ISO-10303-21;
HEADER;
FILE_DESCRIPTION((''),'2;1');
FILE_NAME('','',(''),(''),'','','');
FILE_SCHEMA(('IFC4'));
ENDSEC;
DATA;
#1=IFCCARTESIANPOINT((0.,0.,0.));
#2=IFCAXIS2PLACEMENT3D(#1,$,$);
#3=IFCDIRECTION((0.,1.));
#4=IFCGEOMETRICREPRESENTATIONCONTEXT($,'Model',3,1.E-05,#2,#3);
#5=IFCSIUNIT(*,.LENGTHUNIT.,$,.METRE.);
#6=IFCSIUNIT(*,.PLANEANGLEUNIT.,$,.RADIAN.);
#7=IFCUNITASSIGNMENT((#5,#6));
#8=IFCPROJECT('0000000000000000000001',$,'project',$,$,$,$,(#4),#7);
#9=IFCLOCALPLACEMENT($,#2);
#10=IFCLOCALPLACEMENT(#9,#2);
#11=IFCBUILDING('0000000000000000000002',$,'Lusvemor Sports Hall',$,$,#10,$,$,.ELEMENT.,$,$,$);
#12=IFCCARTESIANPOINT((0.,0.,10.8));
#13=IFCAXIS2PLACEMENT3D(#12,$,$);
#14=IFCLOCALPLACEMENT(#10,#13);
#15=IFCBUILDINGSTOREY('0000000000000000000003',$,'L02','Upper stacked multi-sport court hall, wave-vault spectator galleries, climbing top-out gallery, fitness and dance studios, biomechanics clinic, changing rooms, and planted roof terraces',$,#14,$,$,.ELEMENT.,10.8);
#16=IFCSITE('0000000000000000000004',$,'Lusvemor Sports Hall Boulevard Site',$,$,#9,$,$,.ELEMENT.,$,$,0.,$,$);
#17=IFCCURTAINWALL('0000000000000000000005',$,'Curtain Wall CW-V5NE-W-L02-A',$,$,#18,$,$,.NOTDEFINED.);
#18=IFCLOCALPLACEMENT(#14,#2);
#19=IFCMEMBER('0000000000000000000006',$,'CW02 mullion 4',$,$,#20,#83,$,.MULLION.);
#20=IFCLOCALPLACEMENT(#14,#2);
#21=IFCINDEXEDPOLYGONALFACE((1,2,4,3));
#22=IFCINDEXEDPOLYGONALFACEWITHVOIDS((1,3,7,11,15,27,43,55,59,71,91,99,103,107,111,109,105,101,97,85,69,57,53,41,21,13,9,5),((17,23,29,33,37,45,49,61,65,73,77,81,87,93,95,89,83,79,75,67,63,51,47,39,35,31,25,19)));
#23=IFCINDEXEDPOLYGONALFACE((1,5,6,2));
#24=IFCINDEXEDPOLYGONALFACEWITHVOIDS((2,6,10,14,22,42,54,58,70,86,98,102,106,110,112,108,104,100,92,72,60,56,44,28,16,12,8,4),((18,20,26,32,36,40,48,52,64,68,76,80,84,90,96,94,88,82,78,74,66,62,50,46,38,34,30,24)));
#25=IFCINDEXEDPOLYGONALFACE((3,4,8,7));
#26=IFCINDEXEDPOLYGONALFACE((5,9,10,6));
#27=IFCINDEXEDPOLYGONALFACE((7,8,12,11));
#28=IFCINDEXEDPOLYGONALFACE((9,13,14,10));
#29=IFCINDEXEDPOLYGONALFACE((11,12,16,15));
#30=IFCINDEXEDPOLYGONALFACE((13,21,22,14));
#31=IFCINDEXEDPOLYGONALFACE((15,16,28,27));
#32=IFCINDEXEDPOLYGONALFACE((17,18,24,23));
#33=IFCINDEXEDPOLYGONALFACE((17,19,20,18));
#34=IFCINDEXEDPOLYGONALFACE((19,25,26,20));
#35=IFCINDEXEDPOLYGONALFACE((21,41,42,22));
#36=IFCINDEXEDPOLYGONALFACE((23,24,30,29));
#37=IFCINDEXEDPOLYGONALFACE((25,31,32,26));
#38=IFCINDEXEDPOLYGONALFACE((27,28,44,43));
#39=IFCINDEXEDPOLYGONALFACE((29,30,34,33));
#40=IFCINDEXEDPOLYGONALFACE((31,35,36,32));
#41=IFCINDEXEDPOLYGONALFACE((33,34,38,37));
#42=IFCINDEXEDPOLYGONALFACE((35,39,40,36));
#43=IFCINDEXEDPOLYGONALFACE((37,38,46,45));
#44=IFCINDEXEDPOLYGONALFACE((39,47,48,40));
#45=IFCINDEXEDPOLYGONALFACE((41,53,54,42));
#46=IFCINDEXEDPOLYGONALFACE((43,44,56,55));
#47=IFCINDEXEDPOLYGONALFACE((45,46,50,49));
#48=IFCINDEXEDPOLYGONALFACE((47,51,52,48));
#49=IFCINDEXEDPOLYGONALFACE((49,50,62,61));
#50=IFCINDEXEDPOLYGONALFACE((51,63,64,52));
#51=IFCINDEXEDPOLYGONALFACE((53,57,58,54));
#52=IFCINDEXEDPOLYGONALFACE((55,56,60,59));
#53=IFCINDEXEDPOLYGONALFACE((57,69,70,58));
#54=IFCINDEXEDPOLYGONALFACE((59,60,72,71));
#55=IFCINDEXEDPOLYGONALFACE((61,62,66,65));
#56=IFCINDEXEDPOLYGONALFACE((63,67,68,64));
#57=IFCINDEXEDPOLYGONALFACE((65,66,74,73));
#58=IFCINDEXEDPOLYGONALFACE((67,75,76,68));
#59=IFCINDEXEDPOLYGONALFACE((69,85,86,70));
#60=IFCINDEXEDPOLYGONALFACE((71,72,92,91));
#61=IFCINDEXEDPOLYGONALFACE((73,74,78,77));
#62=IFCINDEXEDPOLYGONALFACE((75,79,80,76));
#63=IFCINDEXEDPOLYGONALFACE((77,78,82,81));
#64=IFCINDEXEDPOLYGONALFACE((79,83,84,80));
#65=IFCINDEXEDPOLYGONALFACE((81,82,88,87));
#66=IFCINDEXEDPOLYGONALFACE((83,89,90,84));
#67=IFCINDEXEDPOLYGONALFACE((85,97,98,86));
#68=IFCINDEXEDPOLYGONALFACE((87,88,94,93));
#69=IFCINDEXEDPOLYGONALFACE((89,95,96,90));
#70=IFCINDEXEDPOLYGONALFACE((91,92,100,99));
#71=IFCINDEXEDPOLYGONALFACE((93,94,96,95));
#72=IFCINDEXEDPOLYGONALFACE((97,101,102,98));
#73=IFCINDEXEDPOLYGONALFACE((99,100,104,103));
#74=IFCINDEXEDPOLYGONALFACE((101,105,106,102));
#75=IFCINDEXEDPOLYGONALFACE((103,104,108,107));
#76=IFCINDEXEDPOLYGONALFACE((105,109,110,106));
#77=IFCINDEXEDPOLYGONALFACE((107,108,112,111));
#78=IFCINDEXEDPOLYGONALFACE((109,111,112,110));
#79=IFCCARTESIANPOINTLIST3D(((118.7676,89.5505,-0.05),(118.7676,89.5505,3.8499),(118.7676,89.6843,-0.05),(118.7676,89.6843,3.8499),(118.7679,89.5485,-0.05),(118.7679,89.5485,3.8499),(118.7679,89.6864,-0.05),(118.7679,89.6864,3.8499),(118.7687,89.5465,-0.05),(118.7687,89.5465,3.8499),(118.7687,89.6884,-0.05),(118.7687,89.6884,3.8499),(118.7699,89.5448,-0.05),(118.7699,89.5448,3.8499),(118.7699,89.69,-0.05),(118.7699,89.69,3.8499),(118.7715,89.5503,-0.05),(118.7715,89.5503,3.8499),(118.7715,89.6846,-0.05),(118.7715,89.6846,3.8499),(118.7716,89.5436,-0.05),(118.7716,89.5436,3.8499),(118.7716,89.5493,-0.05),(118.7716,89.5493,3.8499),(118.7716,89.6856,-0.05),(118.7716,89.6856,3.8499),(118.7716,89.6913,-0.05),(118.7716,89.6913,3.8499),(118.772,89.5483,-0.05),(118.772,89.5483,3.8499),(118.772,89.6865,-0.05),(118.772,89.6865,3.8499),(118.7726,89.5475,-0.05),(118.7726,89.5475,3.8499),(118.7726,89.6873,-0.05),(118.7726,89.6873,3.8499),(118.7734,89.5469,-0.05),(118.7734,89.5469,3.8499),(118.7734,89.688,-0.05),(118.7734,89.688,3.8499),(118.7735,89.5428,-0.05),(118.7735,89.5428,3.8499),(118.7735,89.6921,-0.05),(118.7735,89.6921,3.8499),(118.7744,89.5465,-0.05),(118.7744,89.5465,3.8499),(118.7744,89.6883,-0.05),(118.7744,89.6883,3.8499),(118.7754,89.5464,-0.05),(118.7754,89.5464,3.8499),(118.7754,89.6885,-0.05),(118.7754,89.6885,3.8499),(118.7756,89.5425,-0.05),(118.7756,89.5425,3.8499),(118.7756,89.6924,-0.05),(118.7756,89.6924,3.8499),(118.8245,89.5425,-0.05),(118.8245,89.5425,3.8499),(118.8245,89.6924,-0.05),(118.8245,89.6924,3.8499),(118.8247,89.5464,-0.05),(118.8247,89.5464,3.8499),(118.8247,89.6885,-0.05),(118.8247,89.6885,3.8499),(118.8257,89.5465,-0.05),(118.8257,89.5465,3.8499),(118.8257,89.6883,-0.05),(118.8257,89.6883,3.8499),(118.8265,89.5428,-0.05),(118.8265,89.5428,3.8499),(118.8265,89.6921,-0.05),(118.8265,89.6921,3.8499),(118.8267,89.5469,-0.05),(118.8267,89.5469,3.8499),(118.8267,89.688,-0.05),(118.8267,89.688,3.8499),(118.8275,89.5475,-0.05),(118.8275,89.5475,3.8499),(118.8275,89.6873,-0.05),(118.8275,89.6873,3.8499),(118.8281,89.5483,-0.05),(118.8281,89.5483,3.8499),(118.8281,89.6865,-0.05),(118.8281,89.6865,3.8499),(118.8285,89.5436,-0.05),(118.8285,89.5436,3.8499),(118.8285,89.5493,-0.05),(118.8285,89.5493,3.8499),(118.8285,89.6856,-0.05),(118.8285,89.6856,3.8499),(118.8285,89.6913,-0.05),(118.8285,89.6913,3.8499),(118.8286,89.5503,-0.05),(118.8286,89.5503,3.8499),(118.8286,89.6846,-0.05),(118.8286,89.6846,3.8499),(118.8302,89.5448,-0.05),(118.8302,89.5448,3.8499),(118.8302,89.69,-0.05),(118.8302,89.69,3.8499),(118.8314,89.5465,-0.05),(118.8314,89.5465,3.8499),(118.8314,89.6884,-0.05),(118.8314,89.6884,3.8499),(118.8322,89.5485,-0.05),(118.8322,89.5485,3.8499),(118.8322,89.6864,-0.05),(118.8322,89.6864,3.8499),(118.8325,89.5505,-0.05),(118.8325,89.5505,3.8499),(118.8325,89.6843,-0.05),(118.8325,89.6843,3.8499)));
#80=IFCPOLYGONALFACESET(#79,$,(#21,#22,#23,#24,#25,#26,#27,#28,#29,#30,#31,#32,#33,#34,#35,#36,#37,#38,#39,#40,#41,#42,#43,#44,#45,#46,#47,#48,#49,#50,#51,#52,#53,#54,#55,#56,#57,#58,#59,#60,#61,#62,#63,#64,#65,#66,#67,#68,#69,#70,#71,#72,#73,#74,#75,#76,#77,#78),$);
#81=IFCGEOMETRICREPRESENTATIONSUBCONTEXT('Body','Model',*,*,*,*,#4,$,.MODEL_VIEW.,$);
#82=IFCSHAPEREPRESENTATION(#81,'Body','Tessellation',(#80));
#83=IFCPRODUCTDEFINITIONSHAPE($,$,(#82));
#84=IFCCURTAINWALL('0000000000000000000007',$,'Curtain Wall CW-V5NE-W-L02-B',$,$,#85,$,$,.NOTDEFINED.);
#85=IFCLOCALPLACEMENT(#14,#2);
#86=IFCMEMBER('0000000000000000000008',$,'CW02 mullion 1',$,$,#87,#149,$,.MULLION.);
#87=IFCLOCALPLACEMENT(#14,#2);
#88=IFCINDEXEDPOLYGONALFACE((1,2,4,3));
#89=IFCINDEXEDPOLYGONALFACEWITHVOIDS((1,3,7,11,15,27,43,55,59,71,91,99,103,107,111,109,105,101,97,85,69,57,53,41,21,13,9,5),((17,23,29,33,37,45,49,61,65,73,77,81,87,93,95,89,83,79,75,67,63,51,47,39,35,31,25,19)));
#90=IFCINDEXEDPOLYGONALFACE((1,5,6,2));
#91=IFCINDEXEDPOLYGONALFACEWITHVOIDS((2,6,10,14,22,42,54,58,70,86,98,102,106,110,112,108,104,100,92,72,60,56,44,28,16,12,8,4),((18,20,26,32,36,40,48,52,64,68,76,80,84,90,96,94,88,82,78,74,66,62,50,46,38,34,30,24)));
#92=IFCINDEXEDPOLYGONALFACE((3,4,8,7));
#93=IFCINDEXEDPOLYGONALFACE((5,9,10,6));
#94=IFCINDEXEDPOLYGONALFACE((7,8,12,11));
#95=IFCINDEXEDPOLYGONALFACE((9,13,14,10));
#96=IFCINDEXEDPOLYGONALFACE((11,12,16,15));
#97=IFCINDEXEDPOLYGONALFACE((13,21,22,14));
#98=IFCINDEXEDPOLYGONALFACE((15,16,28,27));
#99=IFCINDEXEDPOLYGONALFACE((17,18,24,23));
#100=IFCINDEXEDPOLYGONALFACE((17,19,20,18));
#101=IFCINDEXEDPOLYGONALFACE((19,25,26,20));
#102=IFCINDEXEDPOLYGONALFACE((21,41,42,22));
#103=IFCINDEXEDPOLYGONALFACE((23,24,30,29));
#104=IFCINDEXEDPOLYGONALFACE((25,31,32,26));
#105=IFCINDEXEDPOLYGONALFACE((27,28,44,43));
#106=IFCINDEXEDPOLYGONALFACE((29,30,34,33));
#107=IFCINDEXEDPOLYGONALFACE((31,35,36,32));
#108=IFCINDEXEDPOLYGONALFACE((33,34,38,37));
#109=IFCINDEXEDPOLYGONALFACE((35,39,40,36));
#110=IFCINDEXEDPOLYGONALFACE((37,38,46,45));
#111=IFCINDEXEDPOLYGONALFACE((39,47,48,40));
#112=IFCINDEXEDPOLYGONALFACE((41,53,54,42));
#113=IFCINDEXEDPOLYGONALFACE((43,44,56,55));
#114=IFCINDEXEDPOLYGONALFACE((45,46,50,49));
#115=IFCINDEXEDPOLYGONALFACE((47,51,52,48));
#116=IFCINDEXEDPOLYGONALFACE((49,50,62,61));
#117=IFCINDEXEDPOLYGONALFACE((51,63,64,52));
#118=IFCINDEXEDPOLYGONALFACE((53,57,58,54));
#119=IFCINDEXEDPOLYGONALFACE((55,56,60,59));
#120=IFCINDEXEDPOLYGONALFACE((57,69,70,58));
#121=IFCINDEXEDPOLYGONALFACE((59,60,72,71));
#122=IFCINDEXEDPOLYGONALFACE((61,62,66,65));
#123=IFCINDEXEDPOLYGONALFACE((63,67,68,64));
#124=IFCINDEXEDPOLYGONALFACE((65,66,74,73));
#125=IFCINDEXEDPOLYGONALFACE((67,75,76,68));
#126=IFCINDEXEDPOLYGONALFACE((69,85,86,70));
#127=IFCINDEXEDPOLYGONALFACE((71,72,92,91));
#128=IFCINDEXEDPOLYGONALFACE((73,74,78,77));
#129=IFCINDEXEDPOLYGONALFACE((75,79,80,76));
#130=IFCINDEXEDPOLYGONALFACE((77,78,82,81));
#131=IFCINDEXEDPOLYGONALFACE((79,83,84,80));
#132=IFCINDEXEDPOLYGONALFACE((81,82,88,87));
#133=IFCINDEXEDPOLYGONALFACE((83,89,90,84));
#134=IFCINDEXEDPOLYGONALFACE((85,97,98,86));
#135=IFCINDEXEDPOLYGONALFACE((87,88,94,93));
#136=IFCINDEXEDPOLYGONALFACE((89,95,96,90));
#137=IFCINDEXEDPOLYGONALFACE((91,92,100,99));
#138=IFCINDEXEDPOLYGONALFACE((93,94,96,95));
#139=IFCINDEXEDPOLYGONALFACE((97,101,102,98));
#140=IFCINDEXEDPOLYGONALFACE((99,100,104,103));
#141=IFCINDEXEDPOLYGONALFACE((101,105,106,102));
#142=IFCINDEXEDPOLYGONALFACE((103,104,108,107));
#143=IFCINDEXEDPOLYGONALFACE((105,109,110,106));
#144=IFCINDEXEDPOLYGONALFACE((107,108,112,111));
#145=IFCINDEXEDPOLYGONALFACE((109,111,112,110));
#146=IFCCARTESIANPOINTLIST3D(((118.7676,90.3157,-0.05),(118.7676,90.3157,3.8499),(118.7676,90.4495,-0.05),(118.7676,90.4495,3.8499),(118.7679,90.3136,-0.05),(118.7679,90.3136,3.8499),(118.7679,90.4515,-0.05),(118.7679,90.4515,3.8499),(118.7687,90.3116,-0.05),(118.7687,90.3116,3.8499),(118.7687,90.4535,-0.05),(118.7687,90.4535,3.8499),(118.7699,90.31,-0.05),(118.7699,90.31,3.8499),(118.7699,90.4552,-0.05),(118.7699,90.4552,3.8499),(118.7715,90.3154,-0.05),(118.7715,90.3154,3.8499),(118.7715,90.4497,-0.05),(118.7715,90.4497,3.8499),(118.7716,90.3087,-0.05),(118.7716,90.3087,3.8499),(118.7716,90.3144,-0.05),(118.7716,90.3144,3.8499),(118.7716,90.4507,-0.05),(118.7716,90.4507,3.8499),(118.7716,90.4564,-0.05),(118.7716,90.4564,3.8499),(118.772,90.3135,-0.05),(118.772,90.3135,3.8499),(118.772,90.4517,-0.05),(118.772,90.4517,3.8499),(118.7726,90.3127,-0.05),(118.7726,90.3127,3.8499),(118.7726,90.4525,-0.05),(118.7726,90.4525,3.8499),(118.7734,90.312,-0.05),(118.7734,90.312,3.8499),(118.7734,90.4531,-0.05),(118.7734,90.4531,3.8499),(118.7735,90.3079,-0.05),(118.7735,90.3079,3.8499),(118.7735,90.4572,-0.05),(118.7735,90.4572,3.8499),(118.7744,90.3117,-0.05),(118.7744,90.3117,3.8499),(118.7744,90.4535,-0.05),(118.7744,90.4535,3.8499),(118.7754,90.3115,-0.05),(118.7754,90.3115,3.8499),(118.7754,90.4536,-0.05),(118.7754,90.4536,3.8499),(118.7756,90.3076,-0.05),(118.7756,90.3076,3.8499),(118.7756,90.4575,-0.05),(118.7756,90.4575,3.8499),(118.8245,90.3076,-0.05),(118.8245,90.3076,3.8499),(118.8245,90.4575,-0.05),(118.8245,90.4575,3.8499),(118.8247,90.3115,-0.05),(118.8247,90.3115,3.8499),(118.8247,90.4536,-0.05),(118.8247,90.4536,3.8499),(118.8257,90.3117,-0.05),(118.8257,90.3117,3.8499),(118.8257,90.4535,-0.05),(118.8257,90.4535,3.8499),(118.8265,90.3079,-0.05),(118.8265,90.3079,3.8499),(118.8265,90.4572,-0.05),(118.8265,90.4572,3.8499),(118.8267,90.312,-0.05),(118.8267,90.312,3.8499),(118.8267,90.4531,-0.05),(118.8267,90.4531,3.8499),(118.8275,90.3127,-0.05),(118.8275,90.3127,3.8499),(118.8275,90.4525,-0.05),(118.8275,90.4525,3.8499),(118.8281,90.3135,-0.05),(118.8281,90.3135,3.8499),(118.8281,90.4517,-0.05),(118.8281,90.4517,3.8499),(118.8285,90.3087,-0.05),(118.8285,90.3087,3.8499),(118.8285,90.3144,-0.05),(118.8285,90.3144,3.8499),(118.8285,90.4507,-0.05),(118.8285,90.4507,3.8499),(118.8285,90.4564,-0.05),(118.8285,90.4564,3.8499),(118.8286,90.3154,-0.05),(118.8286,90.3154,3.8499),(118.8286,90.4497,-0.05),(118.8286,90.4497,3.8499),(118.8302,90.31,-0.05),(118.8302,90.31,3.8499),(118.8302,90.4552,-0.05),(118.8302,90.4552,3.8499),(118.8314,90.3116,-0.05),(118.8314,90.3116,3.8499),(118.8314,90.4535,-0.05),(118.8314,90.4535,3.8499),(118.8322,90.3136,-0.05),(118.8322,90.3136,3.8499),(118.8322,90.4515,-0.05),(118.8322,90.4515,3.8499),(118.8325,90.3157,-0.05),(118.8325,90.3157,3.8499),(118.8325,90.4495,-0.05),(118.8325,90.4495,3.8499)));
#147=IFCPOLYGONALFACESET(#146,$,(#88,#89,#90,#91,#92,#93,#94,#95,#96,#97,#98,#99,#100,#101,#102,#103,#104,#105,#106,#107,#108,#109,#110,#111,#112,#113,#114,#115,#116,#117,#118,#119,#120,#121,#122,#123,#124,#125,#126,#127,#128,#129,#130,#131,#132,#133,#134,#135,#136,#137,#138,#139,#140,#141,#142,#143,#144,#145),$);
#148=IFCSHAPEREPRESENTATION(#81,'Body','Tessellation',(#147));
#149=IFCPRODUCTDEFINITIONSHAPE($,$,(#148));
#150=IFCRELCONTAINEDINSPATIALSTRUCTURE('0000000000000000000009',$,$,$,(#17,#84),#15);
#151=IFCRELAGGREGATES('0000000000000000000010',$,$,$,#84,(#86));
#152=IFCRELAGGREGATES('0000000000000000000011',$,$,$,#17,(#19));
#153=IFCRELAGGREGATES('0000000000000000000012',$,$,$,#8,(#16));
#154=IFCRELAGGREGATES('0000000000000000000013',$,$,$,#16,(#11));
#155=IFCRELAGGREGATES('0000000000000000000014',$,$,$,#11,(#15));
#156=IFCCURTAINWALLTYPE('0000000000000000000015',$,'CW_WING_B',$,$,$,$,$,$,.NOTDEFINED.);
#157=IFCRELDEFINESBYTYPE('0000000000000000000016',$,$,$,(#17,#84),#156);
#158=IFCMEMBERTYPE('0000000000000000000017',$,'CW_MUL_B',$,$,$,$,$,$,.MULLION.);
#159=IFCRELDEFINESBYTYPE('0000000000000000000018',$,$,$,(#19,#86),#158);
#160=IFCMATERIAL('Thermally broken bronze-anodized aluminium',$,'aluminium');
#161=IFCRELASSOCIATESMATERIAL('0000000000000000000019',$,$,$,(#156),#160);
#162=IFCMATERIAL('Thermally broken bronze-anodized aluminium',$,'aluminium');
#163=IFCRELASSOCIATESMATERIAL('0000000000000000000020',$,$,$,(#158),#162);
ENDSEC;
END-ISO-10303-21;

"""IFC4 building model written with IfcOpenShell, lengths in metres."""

from ifc_helpers import new_model, si_unit, direction, frame, origin, origin_2d, place, context, subcontext, project, spatial, hollow_rectangle, extrude, material, material_profile, profile_set, type_object, element, aggregate, save


model = new_model("IFC4")

# Units and contexts
model_context = context("Model", 3, precision=1e-05, world=origin(), true_north=direction((0.0, 1.0)))
body_context = subcontext(model_context, "Body", "Model", "MODEL_VIEW")
ifc_project = project(units=[si_unit("LENGTHUNIT", "METRE"), si_unit("PLANEANGLEUNIT", "RADIAN")], contexts=[model_context])

# Site, building, storey
site_placement = place(None, origin())
site = spatial("IfcSite", under=ifc_project, at=site_placement, Name="Lusvemor Sports Hall Boulevard Site", CompositionType="ELEMENT", RefElevation=0.0)
building_placement = place(site_placement, origin())
building = spatial("IfcBuilding", under=site, at=building_placement, Name="Lusvemor Sports Hall", CompositionType="ELEMENT")
storey_placement = place(building_placement, frame((0.0, 0.0, 10.8)))
storey = spatial("IfcBuildingStorey", under=building, at=storey_placement, Name="L02", Description="Upper stacked multi-sport court hall, wave-vault spectator galleries, climbing top-out gallery, fitness and dance studios, biomechanics clinic, changing rooms, and planted roof terraces", CompositionType="ELEMENT", Elevation=10.8)

# Curtain wall, member
ifc_material_1 = material(Name="Thermally broken bronze-anodized aluminium", Category="aluminium")
curtain_wall_type = type_object("IfcCurtainWallType", Name="CW_WING_B", PredefinedType="NOTDEFINED", material=ifc_material_1)
curtain_wall_1_placement = place(storey_placement, origin())
curtain_wall_1 = element("IfcCurtainWall", 1, at=curtain_wall_1_placement, inside=storey, type_object=curtain_wall_type, Name="Curtain Wall CW-V5NE-W-L02-A", PredefinedType="NOTDEFINED")
ifc_material_2 = material(Name="Thermally broken bronze-anodized aluminium", Category="aluminium")
ifc_material_profile_1 = material_profile(ifc_material_2, hollow_rectangle(XDim=0.0649, YDim=0.1499, WallThickness=0.0039, InnerFilletRadius=0.0039, OuterFilletRadius=0.0081, at=origin_2d()), Name="CWMUL150x65x4")
ifc_profile_set_1 = profile_set([ifc_material_profile_1], Name="Thermally broken bronze-anodized aluminium")
member_type_1 = type_object("IfcMemberType", Name="CW_MUL_B", PredefinedType="MULLION", material=ifc_profile_set_1)
member_1_placement = place(storey_placement, frame((118.8, 89.6174, -0.05), z_axis=(0.0, 0.0, 1.0), x_axis=(-1.0, 0.0, 0.0)))
member_1 = element("IfcMember", 2, at=member_1_placement, type_object=member_type_1, Name="CW02 mullion 4", PredefinedType="MULLION", context=body_context, shape_type="SweptSolid", body=[
    extrude(hollow_rectangle(XDim=0.0649, YDim=0.1499, WallThickness=0.0039, InnerFilletRadius=0.0039, OuterFilletRadius=0.0081, at=origin_2d()), origin(), (0.0, 0.0, 1.0), 3.8999),
])

# Curtain wall, member
curtain_wall_2_placement = place(storey_placement, origin())
curtain_wall_2 = element("IfcCurtainWall", 3, at=curtain_wall_2_placement, inside=storey, type_object=curtain_wall_type, Name="Curtain Wall CW-V5NE-W-L02-B", PredefinedType="NOTDEFINED")
member_2_placement = place(storey_placement, frame((118.8, 90.3826, -0.05), z_axis=(0.0, 0.0, 1.0), x_axis=(-1.0, 0.0, 0.0)))
member_2 = element("IfcMember", 4, at=member_2_placement, type_object=member_type_1, Name="CW02 mullion 1", PredefinedType="MULLION", context=body_context, shape_type="SweptSolid", body=[
    extrude(hollow_rectangle(XDim=0.0649, YDim=0.1499, WallThickness=0.0039, InnerFilletRadius=0.0039, OuterFilletRadius=0.0081, at=origin_2d()), origin(), (0.0, 0.0, 1.0), 3.8999),
])

aggregate(curtain_wall_2, [member_2])

aggregate(curtain_wall_1, [member_1])

save(model, "model.ifc")
